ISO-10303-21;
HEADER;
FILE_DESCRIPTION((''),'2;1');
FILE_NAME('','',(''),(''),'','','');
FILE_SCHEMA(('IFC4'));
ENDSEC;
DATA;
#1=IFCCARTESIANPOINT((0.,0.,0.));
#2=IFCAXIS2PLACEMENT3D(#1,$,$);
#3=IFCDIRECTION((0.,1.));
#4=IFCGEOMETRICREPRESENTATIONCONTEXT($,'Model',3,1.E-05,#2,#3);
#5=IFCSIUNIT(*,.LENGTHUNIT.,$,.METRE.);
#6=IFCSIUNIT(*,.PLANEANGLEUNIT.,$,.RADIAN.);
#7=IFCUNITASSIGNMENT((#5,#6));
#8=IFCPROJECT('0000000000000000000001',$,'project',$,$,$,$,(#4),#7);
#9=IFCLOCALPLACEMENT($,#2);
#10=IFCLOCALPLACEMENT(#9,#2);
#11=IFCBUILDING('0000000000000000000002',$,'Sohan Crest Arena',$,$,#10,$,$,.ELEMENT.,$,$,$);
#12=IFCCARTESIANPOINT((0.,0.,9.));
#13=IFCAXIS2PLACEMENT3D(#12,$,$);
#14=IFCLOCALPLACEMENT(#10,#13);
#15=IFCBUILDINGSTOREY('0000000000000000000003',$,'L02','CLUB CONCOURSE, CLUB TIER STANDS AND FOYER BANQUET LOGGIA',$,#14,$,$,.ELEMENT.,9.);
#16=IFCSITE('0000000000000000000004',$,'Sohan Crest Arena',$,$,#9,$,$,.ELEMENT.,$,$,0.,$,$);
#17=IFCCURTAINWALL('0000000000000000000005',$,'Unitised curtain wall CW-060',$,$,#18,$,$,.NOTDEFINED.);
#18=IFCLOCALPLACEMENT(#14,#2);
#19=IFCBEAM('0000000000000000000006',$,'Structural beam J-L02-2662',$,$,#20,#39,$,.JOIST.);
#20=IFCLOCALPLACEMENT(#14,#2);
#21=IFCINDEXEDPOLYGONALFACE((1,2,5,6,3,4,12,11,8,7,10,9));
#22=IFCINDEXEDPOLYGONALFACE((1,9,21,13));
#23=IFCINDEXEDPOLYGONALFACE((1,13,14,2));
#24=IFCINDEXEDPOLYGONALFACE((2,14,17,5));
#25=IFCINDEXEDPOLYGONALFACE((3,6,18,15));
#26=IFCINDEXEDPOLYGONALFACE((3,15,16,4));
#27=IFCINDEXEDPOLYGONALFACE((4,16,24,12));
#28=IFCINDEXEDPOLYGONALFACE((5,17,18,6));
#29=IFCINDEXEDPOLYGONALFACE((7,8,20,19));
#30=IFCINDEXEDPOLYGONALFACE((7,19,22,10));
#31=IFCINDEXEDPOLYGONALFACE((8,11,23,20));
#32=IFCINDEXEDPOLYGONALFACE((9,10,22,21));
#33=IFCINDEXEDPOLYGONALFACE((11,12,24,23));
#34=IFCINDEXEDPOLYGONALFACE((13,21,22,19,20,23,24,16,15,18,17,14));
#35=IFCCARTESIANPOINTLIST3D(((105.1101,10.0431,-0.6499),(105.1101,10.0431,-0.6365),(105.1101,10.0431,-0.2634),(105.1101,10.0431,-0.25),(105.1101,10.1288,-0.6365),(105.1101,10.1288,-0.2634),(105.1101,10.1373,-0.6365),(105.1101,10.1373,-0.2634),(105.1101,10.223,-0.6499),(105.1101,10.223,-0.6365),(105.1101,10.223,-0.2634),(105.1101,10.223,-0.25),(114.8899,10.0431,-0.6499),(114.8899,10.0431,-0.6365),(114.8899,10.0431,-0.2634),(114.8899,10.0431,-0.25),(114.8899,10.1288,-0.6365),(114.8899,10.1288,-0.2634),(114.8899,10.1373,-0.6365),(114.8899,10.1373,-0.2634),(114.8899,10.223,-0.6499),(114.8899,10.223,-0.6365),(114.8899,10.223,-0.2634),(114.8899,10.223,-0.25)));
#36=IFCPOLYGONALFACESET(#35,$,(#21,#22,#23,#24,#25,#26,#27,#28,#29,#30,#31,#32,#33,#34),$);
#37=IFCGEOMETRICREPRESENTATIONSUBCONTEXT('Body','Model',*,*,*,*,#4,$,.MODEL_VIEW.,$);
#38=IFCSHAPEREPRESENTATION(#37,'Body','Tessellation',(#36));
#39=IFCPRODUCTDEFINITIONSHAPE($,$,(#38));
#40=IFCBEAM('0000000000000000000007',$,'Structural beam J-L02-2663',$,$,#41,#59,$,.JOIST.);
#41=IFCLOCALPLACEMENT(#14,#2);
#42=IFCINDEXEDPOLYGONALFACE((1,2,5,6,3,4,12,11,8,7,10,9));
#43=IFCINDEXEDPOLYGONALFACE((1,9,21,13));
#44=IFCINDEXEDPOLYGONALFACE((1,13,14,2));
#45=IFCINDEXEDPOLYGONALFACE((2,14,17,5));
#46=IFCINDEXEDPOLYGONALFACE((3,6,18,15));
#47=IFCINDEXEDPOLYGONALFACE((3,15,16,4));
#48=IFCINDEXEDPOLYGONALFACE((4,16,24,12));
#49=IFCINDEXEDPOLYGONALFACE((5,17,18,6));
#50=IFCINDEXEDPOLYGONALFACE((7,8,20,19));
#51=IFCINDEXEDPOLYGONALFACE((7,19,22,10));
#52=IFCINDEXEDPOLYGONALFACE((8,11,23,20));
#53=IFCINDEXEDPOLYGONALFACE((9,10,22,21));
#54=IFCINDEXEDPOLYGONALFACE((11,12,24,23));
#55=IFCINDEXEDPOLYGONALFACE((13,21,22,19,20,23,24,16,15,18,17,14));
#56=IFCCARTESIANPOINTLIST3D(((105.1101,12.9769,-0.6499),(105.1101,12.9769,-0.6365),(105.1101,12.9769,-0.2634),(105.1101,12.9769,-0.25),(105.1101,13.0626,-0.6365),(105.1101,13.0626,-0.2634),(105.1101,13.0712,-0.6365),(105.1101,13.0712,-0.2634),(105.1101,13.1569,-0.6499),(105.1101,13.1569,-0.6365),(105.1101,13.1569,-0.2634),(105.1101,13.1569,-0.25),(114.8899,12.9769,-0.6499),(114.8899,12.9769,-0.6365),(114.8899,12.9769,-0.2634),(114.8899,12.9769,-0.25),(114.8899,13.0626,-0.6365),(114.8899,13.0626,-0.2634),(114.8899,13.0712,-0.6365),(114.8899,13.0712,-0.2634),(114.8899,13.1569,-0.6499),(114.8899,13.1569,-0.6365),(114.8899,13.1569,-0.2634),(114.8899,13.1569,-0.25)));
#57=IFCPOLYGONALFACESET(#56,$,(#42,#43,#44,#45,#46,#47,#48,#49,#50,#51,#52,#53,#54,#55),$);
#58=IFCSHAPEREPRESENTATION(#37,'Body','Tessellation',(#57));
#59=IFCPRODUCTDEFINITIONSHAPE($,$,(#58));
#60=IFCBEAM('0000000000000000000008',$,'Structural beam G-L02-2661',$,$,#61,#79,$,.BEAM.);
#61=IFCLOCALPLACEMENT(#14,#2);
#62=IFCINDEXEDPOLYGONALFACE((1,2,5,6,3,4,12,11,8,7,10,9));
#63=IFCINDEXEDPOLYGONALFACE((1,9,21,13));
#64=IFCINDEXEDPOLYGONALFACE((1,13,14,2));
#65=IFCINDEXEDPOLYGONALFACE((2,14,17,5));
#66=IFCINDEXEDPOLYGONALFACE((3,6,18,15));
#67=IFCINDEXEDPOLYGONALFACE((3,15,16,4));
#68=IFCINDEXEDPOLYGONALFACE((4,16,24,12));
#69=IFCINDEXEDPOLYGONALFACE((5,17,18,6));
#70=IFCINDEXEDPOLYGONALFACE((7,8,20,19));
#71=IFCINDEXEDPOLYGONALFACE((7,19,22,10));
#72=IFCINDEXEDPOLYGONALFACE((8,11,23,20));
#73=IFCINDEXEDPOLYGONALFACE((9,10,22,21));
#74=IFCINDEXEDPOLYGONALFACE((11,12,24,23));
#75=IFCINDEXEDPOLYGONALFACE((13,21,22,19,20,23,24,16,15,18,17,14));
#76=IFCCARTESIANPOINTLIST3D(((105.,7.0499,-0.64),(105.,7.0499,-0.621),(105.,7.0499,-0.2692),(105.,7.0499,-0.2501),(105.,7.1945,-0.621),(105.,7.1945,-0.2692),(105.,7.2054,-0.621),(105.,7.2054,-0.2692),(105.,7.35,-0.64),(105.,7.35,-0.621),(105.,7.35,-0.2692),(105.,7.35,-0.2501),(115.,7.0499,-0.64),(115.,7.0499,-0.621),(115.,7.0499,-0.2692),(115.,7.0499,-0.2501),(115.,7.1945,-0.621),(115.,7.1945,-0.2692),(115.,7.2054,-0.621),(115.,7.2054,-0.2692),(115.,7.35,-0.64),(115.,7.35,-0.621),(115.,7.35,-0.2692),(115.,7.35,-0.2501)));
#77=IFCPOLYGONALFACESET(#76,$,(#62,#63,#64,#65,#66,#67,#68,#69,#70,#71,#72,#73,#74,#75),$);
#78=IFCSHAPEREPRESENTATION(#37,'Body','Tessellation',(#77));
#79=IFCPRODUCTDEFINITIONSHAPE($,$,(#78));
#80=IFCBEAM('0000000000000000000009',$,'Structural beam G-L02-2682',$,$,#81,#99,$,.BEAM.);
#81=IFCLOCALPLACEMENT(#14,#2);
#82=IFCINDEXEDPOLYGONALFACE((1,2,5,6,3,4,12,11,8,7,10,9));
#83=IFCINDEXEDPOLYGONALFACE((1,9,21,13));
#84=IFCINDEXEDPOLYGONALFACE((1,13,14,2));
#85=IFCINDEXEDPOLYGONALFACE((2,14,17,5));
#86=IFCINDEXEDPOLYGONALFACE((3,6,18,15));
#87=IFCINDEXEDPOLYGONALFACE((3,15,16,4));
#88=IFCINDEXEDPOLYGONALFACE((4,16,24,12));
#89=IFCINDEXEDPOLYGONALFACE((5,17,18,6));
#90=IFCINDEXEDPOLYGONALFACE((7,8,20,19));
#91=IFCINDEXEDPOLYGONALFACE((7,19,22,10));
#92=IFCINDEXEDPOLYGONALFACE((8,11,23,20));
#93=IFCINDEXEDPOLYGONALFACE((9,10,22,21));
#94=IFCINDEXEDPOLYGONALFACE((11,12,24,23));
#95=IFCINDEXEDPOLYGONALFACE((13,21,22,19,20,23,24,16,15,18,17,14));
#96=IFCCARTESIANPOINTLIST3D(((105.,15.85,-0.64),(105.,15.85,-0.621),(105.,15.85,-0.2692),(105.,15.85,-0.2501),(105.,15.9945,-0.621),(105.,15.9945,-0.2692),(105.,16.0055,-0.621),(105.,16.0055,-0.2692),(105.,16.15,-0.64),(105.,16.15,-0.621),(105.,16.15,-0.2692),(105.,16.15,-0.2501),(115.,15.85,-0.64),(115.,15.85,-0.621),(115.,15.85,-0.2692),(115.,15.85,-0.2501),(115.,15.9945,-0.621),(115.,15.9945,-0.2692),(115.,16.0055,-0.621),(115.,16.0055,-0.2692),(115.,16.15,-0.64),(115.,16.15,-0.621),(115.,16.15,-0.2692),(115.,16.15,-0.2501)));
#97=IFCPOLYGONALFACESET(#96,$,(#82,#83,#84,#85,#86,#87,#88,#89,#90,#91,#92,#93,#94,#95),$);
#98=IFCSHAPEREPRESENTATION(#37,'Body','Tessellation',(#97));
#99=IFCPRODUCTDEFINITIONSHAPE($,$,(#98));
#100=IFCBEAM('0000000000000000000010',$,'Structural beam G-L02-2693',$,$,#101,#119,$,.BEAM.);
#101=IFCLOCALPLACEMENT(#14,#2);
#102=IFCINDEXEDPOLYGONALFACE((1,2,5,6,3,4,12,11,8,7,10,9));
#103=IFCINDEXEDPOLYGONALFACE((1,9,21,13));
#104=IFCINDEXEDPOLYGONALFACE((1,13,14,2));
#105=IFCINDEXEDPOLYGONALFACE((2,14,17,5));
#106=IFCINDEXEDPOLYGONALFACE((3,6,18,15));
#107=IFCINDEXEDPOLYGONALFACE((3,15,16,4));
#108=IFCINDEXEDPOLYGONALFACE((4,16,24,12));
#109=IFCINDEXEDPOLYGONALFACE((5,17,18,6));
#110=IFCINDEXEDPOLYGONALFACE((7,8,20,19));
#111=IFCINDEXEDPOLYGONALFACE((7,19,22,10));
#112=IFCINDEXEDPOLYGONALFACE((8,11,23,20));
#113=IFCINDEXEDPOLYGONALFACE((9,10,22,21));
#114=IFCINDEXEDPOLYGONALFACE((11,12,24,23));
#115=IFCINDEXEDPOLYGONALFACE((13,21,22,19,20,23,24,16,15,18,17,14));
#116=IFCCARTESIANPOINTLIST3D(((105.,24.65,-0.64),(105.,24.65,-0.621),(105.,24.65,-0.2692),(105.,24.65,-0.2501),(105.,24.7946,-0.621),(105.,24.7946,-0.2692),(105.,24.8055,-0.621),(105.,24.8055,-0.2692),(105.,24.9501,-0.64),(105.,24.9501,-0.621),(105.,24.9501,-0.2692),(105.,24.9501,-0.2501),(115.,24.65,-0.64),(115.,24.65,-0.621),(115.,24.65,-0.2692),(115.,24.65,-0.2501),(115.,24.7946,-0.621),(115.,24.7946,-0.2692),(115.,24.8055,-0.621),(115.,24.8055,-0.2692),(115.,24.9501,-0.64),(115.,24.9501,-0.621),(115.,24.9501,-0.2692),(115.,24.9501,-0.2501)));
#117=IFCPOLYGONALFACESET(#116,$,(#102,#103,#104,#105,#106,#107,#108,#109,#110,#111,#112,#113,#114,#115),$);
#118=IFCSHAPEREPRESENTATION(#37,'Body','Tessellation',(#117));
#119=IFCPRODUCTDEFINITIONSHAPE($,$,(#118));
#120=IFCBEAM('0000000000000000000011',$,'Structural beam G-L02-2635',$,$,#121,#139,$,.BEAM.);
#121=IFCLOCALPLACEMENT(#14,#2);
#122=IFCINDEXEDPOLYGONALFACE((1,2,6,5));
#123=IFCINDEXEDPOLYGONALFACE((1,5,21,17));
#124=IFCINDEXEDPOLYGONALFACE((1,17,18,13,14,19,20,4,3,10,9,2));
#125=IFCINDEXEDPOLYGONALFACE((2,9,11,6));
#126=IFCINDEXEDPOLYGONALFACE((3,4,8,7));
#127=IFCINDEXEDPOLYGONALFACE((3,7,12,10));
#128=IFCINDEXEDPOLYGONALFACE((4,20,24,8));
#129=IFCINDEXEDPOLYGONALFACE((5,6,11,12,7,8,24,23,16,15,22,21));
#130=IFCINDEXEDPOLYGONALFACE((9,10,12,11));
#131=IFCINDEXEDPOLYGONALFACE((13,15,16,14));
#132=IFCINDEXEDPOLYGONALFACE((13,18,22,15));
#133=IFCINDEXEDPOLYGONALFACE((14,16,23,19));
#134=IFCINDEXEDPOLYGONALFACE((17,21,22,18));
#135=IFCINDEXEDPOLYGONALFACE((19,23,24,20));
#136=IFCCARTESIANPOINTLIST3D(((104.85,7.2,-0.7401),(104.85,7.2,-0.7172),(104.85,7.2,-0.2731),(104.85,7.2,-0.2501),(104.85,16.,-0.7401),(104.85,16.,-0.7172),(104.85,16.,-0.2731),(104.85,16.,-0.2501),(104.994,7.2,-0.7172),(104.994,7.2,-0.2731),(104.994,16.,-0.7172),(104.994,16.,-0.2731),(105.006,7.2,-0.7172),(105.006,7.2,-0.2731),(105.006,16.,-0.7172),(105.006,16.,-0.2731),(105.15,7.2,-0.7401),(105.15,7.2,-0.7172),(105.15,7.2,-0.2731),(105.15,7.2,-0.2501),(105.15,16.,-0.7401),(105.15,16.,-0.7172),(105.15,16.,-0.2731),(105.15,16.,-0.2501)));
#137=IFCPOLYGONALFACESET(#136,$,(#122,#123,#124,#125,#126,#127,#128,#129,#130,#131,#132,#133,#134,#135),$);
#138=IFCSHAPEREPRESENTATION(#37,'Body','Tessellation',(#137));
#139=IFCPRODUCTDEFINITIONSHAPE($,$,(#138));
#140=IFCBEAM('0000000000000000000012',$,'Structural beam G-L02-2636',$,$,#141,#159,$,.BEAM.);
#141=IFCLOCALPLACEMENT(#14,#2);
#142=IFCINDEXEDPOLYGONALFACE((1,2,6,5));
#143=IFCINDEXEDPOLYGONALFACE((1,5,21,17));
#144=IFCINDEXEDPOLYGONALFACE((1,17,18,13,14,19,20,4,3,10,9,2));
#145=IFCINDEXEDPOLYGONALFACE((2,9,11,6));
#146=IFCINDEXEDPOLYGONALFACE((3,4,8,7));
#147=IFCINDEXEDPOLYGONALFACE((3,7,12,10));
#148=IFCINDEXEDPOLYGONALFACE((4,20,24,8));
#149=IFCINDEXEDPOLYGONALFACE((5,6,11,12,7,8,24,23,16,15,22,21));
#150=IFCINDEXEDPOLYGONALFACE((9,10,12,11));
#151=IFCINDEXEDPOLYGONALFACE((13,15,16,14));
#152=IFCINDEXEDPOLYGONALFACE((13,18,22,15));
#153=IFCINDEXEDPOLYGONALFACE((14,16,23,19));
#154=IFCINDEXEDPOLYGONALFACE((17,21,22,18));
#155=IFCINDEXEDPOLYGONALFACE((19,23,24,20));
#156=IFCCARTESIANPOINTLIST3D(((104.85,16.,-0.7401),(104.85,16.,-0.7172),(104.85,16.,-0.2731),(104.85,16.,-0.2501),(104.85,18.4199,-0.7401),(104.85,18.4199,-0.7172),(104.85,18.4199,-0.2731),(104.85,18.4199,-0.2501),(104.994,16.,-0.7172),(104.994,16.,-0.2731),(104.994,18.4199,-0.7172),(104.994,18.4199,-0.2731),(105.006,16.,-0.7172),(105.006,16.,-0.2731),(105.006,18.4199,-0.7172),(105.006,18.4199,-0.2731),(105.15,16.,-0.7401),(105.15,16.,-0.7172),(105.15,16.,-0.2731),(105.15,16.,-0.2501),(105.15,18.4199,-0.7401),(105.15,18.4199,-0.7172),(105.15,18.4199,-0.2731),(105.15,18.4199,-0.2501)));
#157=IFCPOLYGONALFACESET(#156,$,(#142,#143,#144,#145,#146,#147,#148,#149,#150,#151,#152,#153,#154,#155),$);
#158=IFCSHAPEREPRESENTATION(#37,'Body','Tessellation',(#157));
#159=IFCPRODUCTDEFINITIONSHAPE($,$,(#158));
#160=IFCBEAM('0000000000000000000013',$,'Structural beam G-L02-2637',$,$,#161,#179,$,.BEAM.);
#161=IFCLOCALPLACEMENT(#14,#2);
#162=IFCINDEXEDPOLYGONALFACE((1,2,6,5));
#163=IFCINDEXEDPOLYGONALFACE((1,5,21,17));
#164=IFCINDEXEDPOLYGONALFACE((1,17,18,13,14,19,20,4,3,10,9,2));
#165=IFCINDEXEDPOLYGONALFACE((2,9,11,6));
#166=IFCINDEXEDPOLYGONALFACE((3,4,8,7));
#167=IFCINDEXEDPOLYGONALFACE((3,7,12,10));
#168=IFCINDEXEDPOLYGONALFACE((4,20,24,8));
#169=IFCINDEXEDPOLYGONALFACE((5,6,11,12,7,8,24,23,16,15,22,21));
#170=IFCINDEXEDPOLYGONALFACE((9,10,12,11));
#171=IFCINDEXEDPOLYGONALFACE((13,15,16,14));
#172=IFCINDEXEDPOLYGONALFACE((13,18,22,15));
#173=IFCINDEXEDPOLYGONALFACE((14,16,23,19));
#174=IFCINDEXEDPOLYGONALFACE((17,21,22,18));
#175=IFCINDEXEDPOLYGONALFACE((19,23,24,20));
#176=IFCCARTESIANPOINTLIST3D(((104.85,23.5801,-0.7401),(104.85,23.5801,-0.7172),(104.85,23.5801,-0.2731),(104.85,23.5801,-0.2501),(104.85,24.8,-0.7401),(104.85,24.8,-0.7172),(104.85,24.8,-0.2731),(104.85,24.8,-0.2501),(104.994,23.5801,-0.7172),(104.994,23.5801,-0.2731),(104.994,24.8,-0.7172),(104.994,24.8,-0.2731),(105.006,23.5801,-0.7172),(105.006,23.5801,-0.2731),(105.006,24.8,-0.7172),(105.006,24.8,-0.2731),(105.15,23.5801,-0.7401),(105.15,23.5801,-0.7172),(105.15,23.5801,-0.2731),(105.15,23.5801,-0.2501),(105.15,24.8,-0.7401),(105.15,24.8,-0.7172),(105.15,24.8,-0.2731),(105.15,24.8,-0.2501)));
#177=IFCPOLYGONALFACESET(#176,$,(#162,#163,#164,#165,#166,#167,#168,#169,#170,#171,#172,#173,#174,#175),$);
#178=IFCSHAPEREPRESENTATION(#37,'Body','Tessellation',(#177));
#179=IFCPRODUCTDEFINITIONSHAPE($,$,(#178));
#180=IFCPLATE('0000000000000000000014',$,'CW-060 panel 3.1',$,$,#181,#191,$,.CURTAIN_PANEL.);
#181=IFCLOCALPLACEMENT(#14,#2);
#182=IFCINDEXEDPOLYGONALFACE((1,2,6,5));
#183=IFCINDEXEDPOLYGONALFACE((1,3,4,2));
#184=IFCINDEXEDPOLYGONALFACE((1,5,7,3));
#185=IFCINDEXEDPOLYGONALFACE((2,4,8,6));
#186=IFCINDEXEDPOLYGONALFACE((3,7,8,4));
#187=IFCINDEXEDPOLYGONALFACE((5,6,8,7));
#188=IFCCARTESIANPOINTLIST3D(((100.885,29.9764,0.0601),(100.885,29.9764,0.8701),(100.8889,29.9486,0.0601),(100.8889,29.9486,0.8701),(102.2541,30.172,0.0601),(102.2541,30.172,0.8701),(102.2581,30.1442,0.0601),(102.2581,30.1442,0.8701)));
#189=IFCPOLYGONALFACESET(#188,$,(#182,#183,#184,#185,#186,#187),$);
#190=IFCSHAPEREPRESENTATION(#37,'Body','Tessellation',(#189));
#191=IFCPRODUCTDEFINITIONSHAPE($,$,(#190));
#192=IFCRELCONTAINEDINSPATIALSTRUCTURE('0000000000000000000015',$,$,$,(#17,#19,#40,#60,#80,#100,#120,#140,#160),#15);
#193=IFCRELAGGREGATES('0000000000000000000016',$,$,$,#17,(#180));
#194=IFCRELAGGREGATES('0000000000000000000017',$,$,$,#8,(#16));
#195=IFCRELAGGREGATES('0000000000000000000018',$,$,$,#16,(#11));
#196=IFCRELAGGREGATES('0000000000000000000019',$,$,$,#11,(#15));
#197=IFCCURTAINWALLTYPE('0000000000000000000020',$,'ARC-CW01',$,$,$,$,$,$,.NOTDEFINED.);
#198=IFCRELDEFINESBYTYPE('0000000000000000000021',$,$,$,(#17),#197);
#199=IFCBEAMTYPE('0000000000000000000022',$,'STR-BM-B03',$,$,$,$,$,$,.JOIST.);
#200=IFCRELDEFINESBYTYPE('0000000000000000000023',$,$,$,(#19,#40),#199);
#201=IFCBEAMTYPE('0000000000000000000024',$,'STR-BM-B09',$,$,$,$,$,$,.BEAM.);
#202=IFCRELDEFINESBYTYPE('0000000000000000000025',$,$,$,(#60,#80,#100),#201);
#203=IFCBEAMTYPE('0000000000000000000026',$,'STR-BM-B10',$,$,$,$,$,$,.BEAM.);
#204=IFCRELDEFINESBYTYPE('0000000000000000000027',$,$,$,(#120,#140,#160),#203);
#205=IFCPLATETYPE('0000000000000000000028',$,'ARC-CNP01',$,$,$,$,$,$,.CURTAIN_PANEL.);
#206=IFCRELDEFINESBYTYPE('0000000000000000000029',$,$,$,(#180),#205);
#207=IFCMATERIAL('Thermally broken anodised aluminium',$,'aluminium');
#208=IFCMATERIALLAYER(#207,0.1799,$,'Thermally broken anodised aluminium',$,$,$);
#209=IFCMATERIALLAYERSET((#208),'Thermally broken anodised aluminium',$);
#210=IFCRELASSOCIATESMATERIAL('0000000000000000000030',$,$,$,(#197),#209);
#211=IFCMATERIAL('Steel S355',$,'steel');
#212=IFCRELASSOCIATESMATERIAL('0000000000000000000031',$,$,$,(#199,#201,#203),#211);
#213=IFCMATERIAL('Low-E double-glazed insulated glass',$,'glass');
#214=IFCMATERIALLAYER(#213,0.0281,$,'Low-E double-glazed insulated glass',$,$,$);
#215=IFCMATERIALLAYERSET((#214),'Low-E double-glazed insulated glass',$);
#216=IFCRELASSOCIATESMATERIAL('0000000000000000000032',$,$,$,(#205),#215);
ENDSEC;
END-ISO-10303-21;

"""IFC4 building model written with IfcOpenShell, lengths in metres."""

from ifc_helpers import new_model, si_unit, direction, frame, origin, origin_2d, place, context, subcontext, project, spatial, rectangle, i_section, extrude, material, layer, layer_set, material_profile, profile_set, type_object, element, aggregate, save


model = new_model("IFC4")

# Units and contexts
model_context = context("Model", 3, precision=1e-05, world=origin(), true_north=direction((0.0, 1.0)))
body_context = subcontext(model_context, "Body", "Model", "MODEL_VIEW")
ifc_project = project(units=[si_unit("LENGTHUNIT", "METRE"), si_unit("PLANEANGLEUNIT", "RADIAN")], contexts=[model_context])

# Site, building, storey
site_placement = place(None, origin())
site = spatial("IfcSite", under=ifc_project, at=site_placement, Name="Sohan Crest Arena", CompositionType="ELEMENT", RefElevation=0.0)
building_placement = place(site_placement, origin())
building = spatial("IfcBuilding", under=site, at=building_placement, Name="Sohan Crest Arena", CompositionType="ELEMENT")
storey_placement = place(building_placement, frame((0.0, 0.0, 9.0)))
storey = spatial("IfcBuildingStorey", under=building, at=storey_placement, Name="L02", Description="CLUB CONCOURSE, CLUB TIER STANDS AND FOYER BANQUET LOGGIA", CompositionType="ELEMENT", Elevation=9.0)

# Shared definitions
ifc_material_1 = material(Name="Steel S355", Category="steel")

# Curtain wall
ifc_material_2 = material(Name="Thermally broken anodised aluminium", Category="aluminium")
ifc_layer_1 = layer(ifc_material_2, 0.1799, Name="Thermally broken anodised aluminium")
ifc_layer_set_1 = layer_set([ifc_layer_1], Name="Thermally broken anodised aluminium")
curtain_wall_type_1 = type_object("IfcCurtainWallType", Name="ARC-CW01", PredefinedType="NOTDEFINED", material=ifc_layer_set_1)
curtain_wall_1_placement = place(storey_placement, origin())
curtain_wall_1 = element("IfcCurtainWall", 1, at=curtain_wall_1_placement, inside=storey, type_object=curtain_wall_type_1, Name="Unitised curtain wall CW-060", PredefinedType="NOTDEFINED")

# Beams
ifc_material_profile_1 = material_profile(ifc_material_1, i_section(OverallWidth=0.1799, OverallDepth=0.3999, WebThickness=0.0085, FlangeThickness=0.0134, at=origin_2d()), Name="IPE 400")
ifc_profile_set_1 = profile_set([ifc_material_profile_1], Name="Steel S355")
beam_type_1 = type_object("IfcBeamType", Name="STR-BM-B03", PredefinedType="JOIST", material=ifc_profile_set_1)
for number, where, z_axis, x_axis, name in (
    (2, (105.1101, 10.1331, -0.45), (1.0, 0.0, 0.0), (0.0, 1.0, 0.0), "Structural beam J-L02-2662"),
    (3, (105.1101, 13.0669, -0.45), (1.0, 0.0, 0.0), (0.0, 1.0, 0.0), "Structural beam J-L02-2663"),
):
    element("IfcBeam", number, at=place(storey_placement, frame(where, z_axis=z_axis, x_axis=x_axis)), inside=storey, type_object=beam_type_1, Name=name, PredefinedType="JOIST", context=body_context, shape_type="SweptSolid", body=[
        extrude(i_section(OverallWidth=0.1799, OverallDepth=0.3999, WebThickness=0.0085, FlangeThickness=0.0134, at=origin_2d()), origin(), (0.0, 0.0, 1.0), 9.7798),
    ])
ifc_material_profile_2 = material_profile(ifc_material_1, i_section(OverallWidth=0.3, OverallDepth=0.3899, WebThickness=0.011, FlangeThickness=0.019, at=origin_2d()), Name="HEA 400")
ifc_profile_set_2 = profile_set([ifc_material_profile_2], Name="Steel S355")
beam_type_2 = type_object("IfcBeamType", Name="STR-BM-B09", PredefinedType="BEAM", material=ifc_profile_set_2)
for number, where, z_axis, x_axis, name in (
    (4, (105.0, 7.2, -0.4451), (1.0, 0.0, 0.0), (0.0, 1.0, 0.0), "Structural beam G-L02-2661"),
    (5, (105.0, 16.0, -0.4451), (1.0, 0.0, 0.0), (0.0, 1.0, 0.0), "Structural beam G-L02-2682"),
    (6, (105.0, 24.8, -0.4451), (1.0, 0.0, 0.0), (0.0, 1.0, 0.0), "Structural beam G-L02-2693"),
):
    element("IfcBeam", number, at=place(storey_placement, frame(where, z_axis=z_axis, x_axis=x_axis)), inside=storey, type_object=beam_type_2, Name=name, PredefinedType="BEAM", context=body_context, shape_type="SweptSolid", body=[
        extrude(i_section(OverallWidth=0.3, OverallDepth=0.3899, WebThickness=0.011, FlangeThickness=0.019, at=origin_2d()), origin(), (0.0, 0.0, 1.0), 10.0),
    ])
ifc_material_profile_3 = material_profile(ifc_material_1, i_section(OverallWidth=0.3, OverallDepth=0.49, WebThickness=0.012, FlangeThickness=0.0229, at=origin_2d()), Name="HEA 500")
ifc_profile_set_3 = profile_set([ifc_material_profile_3], Name="Steel S355")
beam_type_3 = type_object("IfcBeamType", Name="STR-BM-B10", PredefinedType="BEAM", material=ifc_profile_set_3)
beam_1_placement = place(storey_placement, frame((105.0, 7.2, -0.4951), z_axis=(0.0, 1.0, 0.0), x_axis=(-1.0, 0.0, 0.0)))
element("IfcBeam", 7, at=beam_1_placement, inside=storey, type_object=beam_type_3, Name="Structural beam G-L02-2635", PredefinedType="BEAM", context=body_context, shape_type="SweptSolid", body=[
    extrude(i_section(OverallWidth=0.3, OverallDepth=0.49, WebThickness=0.012, FlangeThickness=0.0229, at=origin_2d()), origin(), (0.0, 0.0, 1.0), 8.8),
])
beam_2_placement = place(storey_placement, frame((105.0, 16.0, -0.4951), z_axis=(0.0, 1.0, 0.0), x_axis=(-1.0, 0.0, 0.0)))
element("IfcBeam", 8, at=beam_2_placement, inside=storey, type_object=beam_type_3, Name="Structural beam G-L02-2636", PredefinedType="BEAM", context=body_context, shape_type="SweptSolid", body=[
    extrude(i_section(OverallWidth=0.3, OverallDepth=0.49, WebThickness=0.012, FlangeThickness=0.0229, at=origin_2d()), origin(), (0.0, 0.0, 1.0), 2.4199),
])
beam_3_placement = place(storey_placement, frame((105.0, 23.5801, -0.4951), z_axis=(0.0, 1.0, 0.0), x_axis=(-1.0, 0.0, 0.0)))
element("IfcBeam", 9, at=beam_3_placement, inside=storey, type_object=beam_type_3, Name="Structural beam G-L02-2637", PredefinedType="BEAM", context=body_context, shape_type="SweptSolid", body=[
    extrude(i_section(OverallWidth=0.3, OverallDepth=0.49, WebThickness=0.012, FlangeThickness=0.0229, at=origin_2d()), origin(), (0.0, 0.0, 1.0), 1.22),
])

# Plate
ifc_material_3 = material(Name="Low-E double-glazed insulated glass", Category="glass")
ifc_layer_2 = layer(ifc_material_3, 0.0281, Name="Low-E double-glazed insulated glass")
ifc_layer_set_2 = layer_set([ifc_layer_2], Name="Low-E double-glazed insulated glass")
plate_type = type_object("IfcPlateType", Name="ARC-CNP01", PredefinedType="CURTAIN_PANEL", material=ifc_layer_set_2)
plate_1_placement = place(storey_placement, frame((101.5715, 30.0603, 0.0601), z_axis=(0.0, 0.0, 1.0), x_axis=(0.989944, 0.141463, 0.0)))
plate_1 = element("IfcPlate", 10, at=plate_1_placement, type_object=plate_type, Name="CW-060 panel 3.1", PredefinedType="CURTAIN_PANEL", context=body_context, shape_type="SweptSolid", body=[
    extrude(rectangle(XDim=1.3831, YDim=0.0281, at=origin_2d()), origin(), (0.0, 0.0, 1.0), 0.8101),
])
aggregate(curtain_wall_1, [plate_1])

save(model, "model.ifc")
